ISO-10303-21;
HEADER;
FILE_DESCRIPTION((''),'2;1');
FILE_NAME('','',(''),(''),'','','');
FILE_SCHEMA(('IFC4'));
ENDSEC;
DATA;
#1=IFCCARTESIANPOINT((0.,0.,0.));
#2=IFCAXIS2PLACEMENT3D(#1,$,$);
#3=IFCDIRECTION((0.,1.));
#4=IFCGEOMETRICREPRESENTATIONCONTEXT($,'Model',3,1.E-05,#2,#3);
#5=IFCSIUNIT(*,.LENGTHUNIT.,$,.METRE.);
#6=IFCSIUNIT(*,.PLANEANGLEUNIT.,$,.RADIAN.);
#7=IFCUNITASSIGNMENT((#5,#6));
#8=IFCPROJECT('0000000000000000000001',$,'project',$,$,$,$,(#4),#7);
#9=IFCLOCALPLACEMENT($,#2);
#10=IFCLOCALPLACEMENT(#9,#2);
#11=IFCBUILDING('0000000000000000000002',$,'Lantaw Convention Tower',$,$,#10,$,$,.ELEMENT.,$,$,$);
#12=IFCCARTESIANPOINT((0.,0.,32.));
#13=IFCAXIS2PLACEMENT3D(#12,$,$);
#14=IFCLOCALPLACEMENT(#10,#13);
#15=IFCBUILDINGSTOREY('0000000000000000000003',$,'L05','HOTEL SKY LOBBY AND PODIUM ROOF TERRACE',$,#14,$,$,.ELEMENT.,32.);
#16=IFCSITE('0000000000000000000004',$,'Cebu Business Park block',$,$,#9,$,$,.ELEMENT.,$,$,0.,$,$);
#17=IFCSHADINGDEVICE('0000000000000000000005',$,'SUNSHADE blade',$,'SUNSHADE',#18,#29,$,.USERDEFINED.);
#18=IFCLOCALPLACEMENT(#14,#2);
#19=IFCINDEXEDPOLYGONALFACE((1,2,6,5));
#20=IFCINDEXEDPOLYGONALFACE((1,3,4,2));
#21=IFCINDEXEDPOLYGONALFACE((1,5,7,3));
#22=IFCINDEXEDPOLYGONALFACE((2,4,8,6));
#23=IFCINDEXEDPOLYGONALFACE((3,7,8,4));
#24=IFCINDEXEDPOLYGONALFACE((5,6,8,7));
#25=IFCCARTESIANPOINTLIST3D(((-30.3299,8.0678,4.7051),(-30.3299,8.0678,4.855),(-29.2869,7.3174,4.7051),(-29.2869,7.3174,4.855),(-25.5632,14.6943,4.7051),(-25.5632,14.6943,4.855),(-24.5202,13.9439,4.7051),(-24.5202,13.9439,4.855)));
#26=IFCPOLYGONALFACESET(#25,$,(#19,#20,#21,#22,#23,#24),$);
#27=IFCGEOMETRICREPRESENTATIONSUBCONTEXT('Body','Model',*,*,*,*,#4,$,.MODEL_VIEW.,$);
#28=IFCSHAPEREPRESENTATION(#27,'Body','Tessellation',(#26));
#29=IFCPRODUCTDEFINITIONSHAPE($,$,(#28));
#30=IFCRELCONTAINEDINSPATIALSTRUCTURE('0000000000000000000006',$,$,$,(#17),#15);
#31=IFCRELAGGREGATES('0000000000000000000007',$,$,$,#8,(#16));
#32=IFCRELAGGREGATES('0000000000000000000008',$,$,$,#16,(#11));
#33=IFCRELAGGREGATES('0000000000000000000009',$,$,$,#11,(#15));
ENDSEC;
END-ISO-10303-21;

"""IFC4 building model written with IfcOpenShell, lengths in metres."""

from ifc_helpers import new_model, si_unit, direction, frame, origin, origin_2d, place, context, subcontext, project, spatial, rectangle, extrude, element, save


model = new_model("IFC4")

# Units and contexts
model_context = context("Model", 3, precision=1e-05, world=origin(), true_north=direction((0.0, 1.0)))
body_context = subcontext(model_context, "Body", "Model", "MODEL_VIEW")
ifc_project = project(units=[si_unit("LENGTHUNIT", "METRE"), si_unit("PLANEANGLEUNIT", "RADIAN")], contexts=[model_context])

# Site, building, storey
site_placement = place(None, origin())
site = spatial("IfcSite", under=ifc_project, at=site_placement, Name="Cebu Business Park block", CompositionType="ELEMENT", RefElevation=0.0)
building_placement = place(site_placement, origin())
building = spatial("IfcBuilding", under=site, at=building_placement, Name="Lantaw Convention Tower", CompositionType="ELEMENT")
storey_placement = place(building_placement, frame((0.0, 0.0, 32.0)))
storey = spatial("IfcBuildingStorey", under=building, at=storey_placement, Name="L05", Description="HOTEL SKY LOBBY AND PODIUM ROOF TERRACE", CompositionType="ELEMENT", Elevation=32.0)

# Shading device
shading_device_placement = place(storey_placement, frame((-27.425, 11.0059, 4.7051), z_axis=(0.0, 0.0, 1.0), x_axis=(-0.583951, -0.811789, 0.0)))
element("IfcShadingDevice", 1, at=shading_device_placement, inside=storey, Name="SUNSHADE blade", ObjectType="SUNSHADE", PredefinedType="USERDEFINED", context=body_context, shape_type="SweptSolid", body=[
    extrude(rectangle(XDim=8.1628, YDim=1.2849, at=origin_2d()), origin(), (0.0, 0.0, 1.0), 0.1499),
])

save(model, "model.ifc")
